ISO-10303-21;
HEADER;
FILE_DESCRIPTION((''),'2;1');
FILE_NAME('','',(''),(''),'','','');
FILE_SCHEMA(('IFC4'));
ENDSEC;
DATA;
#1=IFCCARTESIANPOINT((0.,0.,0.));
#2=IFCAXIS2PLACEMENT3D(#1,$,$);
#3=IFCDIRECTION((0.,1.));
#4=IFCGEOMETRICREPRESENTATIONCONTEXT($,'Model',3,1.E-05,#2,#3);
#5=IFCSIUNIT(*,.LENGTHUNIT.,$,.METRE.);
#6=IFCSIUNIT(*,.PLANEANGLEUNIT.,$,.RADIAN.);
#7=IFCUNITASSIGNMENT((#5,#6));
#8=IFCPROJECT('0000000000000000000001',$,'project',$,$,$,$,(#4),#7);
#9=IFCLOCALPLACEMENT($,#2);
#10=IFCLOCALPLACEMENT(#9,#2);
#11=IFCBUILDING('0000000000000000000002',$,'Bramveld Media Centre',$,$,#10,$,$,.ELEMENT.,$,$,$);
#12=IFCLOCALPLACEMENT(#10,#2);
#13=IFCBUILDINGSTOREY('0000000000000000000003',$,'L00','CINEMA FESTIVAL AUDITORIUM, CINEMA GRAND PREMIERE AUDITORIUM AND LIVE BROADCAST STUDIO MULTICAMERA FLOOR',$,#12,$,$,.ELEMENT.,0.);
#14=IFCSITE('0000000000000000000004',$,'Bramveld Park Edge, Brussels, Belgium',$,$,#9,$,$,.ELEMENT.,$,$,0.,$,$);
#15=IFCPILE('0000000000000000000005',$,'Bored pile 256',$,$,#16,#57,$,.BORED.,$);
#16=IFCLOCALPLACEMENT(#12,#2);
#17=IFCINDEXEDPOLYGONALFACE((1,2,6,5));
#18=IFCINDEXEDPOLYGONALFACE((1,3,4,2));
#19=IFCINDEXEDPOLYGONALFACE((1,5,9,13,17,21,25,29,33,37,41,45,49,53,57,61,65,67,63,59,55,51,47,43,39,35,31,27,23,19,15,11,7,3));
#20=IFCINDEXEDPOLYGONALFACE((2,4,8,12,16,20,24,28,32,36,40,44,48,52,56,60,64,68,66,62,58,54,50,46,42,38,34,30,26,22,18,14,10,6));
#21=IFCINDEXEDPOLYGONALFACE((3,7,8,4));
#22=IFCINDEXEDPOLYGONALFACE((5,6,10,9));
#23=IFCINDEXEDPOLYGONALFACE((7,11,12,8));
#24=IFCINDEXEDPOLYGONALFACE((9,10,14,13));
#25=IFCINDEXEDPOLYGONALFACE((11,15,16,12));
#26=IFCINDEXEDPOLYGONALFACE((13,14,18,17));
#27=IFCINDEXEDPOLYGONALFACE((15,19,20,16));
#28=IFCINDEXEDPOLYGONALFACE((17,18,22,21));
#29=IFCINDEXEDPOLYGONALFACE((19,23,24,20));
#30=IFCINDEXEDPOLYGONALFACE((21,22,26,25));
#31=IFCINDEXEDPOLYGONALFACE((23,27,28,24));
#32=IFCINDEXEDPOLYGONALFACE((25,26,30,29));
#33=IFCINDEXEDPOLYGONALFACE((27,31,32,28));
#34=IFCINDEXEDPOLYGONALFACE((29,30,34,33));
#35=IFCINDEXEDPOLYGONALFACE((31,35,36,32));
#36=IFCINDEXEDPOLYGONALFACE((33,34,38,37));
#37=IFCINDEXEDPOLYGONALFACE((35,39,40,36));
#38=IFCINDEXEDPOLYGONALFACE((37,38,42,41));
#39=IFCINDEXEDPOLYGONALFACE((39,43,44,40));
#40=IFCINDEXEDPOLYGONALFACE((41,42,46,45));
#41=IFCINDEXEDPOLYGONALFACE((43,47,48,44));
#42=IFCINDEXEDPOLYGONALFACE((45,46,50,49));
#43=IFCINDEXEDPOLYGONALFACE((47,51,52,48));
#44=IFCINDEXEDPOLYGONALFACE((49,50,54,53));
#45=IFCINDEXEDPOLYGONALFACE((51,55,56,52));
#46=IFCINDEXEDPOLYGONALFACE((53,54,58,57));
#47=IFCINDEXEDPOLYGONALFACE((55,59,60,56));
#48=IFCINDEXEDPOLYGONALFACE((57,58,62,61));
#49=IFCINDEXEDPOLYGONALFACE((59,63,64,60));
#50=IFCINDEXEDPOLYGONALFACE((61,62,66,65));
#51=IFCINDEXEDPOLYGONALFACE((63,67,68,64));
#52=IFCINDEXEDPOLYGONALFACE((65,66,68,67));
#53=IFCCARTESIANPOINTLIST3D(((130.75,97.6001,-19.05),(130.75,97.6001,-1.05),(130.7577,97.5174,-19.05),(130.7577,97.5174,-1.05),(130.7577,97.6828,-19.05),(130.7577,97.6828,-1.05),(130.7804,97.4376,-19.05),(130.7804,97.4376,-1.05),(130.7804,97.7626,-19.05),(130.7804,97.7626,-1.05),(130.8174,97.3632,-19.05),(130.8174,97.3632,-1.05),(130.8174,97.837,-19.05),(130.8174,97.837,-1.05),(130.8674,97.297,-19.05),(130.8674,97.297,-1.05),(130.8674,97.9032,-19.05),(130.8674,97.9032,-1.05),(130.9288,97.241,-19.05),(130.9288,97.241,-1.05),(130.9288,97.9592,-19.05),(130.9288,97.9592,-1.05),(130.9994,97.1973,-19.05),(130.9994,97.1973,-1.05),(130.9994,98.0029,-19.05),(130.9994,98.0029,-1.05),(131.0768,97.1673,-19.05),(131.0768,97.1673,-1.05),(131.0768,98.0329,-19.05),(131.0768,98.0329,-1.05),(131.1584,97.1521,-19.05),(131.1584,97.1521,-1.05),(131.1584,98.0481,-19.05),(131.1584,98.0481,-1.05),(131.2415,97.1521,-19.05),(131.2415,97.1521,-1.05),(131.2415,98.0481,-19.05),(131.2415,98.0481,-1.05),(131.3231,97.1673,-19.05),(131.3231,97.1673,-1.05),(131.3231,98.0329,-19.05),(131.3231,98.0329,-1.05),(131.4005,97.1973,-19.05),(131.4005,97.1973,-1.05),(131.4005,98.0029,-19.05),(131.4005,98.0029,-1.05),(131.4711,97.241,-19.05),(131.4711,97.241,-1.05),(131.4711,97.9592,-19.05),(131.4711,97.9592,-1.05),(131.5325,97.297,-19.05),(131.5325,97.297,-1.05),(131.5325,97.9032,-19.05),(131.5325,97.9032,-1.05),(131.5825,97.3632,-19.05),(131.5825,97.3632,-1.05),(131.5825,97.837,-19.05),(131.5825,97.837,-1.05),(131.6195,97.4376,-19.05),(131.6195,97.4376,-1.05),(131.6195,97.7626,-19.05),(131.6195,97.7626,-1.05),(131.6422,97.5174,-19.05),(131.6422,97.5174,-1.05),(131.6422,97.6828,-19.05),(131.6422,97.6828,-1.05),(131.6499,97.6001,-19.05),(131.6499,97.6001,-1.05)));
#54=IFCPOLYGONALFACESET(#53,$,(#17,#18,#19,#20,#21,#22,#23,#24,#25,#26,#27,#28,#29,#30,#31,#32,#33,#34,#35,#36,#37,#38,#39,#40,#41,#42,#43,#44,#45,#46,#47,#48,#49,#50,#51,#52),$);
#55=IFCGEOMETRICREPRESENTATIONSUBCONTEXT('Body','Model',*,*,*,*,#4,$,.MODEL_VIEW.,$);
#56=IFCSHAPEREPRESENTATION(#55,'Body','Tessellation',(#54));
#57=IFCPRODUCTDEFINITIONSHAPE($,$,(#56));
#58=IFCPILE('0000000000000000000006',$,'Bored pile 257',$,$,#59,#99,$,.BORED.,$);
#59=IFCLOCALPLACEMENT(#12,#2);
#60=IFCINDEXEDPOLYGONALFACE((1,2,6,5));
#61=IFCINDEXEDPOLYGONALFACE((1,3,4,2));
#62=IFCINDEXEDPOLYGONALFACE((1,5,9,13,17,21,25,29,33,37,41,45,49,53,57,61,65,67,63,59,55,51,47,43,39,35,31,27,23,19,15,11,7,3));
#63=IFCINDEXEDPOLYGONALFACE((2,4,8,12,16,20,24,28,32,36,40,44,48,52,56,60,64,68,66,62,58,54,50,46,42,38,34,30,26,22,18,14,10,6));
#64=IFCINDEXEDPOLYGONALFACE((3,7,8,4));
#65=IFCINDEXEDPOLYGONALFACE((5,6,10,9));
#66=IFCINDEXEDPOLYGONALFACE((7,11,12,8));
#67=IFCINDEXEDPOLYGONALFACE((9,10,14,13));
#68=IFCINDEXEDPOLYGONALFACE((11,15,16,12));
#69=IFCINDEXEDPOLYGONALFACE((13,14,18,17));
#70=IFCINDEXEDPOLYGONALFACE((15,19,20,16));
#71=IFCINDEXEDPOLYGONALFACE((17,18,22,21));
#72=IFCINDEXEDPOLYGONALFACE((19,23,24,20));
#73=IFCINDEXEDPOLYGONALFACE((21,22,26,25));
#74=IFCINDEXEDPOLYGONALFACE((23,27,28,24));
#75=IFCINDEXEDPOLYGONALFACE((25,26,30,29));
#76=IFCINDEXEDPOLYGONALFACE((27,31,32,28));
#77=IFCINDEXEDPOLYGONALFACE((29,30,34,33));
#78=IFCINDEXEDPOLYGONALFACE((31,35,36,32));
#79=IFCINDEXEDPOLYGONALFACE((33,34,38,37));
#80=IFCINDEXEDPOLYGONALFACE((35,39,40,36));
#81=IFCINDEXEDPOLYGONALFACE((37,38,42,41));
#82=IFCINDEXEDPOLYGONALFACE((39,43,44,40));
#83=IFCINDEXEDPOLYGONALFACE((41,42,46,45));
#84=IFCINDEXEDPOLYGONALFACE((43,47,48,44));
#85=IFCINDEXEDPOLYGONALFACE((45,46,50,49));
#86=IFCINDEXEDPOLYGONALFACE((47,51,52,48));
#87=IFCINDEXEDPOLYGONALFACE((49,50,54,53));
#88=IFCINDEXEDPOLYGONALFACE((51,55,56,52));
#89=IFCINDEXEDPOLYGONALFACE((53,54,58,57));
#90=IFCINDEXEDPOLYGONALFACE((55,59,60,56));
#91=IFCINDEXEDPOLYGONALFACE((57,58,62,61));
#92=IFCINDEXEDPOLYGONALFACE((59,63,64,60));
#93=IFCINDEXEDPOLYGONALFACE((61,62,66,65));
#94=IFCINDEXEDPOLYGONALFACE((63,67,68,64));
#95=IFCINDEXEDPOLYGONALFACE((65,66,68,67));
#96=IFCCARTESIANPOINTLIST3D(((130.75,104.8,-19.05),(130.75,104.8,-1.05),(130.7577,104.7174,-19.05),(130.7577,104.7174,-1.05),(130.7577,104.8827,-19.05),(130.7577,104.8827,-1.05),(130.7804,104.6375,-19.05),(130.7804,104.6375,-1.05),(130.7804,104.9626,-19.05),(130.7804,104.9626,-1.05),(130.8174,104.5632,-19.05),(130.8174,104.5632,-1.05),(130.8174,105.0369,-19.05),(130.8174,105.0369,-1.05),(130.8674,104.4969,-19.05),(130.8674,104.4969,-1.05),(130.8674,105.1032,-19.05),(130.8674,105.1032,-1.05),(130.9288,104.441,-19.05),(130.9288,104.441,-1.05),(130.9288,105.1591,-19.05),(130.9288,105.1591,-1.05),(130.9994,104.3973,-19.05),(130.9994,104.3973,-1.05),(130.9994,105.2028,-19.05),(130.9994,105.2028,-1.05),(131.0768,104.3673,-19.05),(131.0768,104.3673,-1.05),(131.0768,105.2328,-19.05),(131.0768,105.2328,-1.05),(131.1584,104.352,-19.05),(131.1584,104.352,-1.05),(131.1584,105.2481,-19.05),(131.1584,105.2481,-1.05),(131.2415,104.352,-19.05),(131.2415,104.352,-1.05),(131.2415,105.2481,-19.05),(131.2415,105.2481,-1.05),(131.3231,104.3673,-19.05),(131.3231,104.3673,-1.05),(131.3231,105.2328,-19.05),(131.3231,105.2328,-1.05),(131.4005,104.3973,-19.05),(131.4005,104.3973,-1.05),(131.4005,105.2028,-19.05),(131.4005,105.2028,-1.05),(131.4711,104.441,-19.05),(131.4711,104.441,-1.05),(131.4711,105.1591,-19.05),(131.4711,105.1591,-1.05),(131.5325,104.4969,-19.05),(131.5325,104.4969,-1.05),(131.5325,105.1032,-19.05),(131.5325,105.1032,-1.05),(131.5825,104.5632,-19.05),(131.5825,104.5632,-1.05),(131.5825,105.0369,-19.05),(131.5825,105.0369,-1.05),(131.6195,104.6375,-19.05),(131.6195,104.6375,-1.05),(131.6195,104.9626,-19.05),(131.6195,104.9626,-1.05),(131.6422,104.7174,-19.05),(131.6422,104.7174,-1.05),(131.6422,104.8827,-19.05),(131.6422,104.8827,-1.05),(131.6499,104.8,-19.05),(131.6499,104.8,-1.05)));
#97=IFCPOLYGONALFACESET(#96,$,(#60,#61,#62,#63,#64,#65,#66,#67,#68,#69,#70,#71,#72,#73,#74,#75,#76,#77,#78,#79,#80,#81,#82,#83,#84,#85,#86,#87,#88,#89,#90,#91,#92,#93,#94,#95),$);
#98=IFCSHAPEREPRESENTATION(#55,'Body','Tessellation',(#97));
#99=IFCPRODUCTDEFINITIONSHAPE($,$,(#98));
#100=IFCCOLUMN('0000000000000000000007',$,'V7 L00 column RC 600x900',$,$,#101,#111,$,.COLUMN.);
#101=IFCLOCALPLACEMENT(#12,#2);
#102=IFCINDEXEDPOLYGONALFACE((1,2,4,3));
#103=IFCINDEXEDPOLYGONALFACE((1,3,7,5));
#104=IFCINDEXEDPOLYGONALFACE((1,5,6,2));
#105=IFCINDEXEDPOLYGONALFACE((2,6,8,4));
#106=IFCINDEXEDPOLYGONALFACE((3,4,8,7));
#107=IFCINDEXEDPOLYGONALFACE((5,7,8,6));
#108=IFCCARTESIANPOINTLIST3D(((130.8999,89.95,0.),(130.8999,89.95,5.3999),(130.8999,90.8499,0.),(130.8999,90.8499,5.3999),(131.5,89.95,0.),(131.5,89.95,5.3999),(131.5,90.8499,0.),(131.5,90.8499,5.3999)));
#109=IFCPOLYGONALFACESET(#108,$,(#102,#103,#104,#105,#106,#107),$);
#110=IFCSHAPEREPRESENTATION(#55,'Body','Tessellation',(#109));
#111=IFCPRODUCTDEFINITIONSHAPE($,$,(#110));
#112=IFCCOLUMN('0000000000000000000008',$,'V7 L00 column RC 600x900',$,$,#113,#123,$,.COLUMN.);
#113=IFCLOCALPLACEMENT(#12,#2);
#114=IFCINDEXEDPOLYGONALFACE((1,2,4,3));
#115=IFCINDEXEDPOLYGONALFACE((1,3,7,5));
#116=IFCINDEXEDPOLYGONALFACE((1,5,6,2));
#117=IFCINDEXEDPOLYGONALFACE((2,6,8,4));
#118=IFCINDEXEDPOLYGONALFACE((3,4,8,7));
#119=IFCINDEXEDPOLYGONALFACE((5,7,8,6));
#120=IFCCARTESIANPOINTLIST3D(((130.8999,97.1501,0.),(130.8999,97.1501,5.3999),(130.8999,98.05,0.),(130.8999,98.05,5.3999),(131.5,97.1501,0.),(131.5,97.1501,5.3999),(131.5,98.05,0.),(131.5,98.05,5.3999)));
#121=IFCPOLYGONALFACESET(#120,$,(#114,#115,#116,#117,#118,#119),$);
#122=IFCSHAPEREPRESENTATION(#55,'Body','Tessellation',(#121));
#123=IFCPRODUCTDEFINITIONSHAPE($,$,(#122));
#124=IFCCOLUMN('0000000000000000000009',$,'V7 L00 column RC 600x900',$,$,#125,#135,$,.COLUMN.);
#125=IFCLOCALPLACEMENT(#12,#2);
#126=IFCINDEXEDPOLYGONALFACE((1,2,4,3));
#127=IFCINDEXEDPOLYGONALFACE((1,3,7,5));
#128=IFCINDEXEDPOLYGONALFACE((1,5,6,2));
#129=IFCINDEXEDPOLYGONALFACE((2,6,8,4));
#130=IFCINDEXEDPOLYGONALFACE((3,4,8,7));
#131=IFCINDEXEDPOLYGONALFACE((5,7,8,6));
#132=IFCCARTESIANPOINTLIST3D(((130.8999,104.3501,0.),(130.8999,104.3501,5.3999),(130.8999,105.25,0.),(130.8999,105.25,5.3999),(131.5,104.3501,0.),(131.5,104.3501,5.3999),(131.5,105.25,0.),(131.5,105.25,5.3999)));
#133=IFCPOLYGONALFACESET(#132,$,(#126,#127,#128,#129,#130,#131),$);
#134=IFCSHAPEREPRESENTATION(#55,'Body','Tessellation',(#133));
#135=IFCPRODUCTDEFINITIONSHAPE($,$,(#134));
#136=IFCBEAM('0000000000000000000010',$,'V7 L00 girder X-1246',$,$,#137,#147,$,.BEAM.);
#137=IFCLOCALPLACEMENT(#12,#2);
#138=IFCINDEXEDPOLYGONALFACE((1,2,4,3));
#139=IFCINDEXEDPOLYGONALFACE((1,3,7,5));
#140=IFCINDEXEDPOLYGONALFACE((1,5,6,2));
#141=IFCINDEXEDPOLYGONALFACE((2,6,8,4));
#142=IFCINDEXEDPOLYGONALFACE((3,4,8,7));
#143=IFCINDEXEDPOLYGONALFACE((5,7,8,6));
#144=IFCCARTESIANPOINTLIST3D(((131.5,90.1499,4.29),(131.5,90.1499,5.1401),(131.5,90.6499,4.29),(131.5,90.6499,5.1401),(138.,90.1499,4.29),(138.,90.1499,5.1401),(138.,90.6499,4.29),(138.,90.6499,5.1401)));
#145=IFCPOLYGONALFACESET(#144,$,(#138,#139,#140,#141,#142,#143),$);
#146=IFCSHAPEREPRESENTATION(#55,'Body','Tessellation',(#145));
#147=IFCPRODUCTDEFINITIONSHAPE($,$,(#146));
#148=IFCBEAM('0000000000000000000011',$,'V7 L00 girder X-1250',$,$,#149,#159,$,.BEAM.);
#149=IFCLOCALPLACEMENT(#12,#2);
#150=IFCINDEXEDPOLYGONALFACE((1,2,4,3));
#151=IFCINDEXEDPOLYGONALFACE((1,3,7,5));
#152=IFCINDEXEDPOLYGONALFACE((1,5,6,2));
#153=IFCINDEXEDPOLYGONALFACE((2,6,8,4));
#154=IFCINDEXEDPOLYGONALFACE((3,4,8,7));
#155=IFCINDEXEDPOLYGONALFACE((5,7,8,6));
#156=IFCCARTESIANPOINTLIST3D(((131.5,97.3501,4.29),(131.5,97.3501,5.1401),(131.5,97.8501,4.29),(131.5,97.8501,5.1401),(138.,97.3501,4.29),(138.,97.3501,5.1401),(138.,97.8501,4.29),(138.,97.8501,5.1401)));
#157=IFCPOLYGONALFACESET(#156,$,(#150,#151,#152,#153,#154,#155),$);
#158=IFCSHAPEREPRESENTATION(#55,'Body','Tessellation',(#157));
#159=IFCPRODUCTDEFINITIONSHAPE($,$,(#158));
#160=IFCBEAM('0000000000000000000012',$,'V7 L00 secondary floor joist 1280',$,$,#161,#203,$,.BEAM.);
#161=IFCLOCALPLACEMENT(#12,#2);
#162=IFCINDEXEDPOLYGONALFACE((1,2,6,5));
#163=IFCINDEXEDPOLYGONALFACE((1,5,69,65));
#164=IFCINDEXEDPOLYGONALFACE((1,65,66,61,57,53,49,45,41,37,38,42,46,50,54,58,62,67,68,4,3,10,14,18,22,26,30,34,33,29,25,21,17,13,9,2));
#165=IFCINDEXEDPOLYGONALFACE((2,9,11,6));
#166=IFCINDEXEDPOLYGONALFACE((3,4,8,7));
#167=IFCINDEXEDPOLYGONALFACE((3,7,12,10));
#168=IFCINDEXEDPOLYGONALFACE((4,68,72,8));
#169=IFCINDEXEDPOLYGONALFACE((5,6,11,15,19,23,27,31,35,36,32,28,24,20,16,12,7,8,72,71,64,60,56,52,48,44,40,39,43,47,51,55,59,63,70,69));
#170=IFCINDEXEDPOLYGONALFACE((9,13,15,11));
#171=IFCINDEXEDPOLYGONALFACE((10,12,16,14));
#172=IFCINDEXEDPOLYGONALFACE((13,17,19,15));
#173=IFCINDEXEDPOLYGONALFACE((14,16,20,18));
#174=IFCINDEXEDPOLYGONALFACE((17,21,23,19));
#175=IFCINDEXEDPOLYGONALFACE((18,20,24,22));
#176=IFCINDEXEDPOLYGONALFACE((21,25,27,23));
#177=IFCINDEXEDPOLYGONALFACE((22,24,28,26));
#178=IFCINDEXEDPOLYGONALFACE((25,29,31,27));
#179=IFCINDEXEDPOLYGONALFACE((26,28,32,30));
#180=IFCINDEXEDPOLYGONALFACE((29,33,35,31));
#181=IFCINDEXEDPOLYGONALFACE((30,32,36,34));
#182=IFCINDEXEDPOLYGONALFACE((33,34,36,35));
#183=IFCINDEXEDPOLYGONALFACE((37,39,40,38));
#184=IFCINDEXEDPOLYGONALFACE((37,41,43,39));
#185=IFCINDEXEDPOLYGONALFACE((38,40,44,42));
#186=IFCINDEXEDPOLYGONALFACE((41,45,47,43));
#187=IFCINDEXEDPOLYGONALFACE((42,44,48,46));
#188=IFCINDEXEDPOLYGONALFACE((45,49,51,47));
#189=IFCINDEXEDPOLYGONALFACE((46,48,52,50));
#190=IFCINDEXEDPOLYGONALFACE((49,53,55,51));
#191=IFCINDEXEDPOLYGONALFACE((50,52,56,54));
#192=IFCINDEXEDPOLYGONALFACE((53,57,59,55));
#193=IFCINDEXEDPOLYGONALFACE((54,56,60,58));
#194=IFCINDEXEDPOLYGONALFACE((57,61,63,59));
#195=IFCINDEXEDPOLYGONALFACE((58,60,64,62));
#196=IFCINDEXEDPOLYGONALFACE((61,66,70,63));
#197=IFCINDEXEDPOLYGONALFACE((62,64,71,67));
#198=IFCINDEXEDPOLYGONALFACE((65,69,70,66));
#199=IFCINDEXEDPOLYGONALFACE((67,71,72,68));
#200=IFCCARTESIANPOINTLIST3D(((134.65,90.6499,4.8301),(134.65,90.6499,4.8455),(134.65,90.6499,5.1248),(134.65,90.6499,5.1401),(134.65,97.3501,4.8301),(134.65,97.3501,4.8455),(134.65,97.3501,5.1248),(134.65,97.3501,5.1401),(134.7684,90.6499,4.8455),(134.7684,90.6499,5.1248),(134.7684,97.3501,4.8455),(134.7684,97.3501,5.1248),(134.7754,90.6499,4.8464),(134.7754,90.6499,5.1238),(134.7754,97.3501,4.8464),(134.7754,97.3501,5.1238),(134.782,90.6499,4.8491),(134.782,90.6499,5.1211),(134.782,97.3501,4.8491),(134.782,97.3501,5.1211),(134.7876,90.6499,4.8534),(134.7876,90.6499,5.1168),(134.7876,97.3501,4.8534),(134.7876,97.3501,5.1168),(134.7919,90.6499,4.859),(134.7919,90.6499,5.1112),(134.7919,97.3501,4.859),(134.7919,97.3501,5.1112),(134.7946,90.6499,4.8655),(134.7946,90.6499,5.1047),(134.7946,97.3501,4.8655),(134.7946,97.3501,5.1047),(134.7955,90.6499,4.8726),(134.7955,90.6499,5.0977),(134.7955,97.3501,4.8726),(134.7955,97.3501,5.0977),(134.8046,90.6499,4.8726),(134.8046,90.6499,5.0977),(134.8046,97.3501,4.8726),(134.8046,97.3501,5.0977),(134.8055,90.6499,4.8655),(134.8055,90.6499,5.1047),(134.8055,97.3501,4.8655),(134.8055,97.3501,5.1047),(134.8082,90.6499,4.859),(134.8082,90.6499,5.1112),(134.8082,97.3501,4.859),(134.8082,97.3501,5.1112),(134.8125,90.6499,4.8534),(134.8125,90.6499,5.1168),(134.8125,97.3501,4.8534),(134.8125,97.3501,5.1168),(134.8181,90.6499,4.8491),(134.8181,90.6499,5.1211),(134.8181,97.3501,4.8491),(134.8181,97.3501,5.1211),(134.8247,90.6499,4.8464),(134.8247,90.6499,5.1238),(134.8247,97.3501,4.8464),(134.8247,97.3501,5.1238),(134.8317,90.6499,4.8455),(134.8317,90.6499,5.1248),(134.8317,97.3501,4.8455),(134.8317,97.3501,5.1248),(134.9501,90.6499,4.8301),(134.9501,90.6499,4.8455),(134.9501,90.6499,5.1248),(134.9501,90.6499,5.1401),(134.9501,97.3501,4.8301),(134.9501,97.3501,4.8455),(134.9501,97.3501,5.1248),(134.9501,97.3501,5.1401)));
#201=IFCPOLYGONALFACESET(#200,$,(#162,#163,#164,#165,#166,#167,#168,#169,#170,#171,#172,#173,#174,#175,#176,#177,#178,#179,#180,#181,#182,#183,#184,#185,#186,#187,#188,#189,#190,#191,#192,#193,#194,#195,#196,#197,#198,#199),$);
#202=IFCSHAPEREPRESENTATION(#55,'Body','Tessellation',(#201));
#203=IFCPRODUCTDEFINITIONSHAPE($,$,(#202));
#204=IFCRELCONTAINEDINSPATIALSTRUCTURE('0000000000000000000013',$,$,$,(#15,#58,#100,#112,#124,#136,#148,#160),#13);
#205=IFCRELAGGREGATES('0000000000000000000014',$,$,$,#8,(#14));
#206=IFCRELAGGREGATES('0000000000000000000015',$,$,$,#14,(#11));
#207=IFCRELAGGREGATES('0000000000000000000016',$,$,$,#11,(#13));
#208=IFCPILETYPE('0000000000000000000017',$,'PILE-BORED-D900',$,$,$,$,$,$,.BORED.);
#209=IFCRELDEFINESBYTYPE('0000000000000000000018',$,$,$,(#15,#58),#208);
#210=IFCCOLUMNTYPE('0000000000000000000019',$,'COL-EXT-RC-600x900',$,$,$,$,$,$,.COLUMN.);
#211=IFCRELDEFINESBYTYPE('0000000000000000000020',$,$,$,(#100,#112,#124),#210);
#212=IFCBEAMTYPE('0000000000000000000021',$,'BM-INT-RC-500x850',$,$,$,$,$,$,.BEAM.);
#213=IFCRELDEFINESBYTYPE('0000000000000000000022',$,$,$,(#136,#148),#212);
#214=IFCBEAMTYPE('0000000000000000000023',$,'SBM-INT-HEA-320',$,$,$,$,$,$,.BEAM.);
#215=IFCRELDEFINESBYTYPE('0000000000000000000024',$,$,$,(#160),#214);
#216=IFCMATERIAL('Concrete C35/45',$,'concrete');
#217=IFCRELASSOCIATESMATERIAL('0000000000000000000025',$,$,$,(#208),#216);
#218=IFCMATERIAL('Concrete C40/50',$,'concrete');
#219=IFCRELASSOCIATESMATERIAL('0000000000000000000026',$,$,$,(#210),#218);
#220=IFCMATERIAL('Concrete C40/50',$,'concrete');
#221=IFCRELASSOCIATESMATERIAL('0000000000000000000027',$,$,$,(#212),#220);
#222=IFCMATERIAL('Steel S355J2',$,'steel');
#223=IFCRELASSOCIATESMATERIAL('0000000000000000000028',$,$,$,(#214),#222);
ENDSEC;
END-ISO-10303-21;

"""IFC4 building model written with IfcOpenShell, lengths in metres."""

from ifc_helpers import new_model, si_unit, direction, frame, origin, origin_2d, place, context, subcontext, project, spatial, rectangle, circle, i_section, extrude, material, material_profile, profile_set, type_object, element, save


model = new_model("IFC4")

# Units and contexts
model_context = context("Model", 3, precision=1e-05, world=origin(), true_north=direction((0.0, 1.0)))
body_context = subcontext(model_context, "Body", "Model", "MODEL_VIEW")
ifc_project = project(units=[si_unit("LENGTHUNIT", "METRE"), si_unit("PLANEANGLEUNIT", "RADIAN")], contexts=[model_context])

# Site, building, storey
site_placement = place(None, origin())
site = spatial("IfcSite", under=ifc_project, at=site_placement, Name="Bramveld Park Edge, Brussels, Belgium", CompositionType="ELEMENT", RefElevation=0.0)
building_placement = place(site_placement, origin())
building = spatial("IfcBuilding", under=site, at=building_placement, Name="Bramveld Media Centre", CompositionType="ELEMENT")
storey_placement = place(building_placement, origin())
storey = spatial("IfcBuildingStorey", under=building, at=storey_placement, Name="L00", Description="CINEMA FESTIVAL AUDITORIUM, CINEMA GRAND PREMIERE AUDITORIUM AND LIVE BROADCAST STUDIO MULTICAMERA FLOOR", CompositionType="ELEMENT", Elevation=0.0)

# Piles
ifc_material_1 = material(Name="Concrete C35/45", Category="concrete")
ifc_material_profile_1 = material_profile(ifc_material_1, circle(Radius=0.45, at=origin_2d()), Name="BORED D900")
ifc_profile_set_1 = profile_set([ifc_material_profile_1], Name="Concrete C35/45")
pile_type_1 = type_object("IfcPileType", Name="PILE-BORED-D900", PredefinedType="BORED", material=ifc_profile_set_1)
for number, where, z_axis, x_axis, name in (
    (1, (131.2, 97.6001, -1.05), (0.0, 0.0, -1.0), (1.0, 0.0, 0.0), "Bored pile 256"),
    (2, (131.2, 104.8, -1.05), (0.0, 0.0, -1.0), (1.0, 0.0, 0.0), "Bored pile 257"),
):
    element("IfcPile", number, at=place(storey_placement, frame(where, z_axis=z_axis, x_axis=x_axis)), inside=storey, type_object=pile_type_1, Name=name, PredefinedType="BORED", context=body_context, shape_type="SweptSolid", body=[
        extrude(circle(Radius=0.45, at=origin_2d()), origin(), (0.0, 0.0, 1.0), 18.0),
    ])

# Columns
ifc_material_2 = material(Name="Concrete C40/50", Category="concrete")
ifc_material_profile_2 = material_profile(ifc_material_2, rectangle(XDim=0.6001, YDim=0.8999, at=origin_2d()), Name="RC 600x900")
ifc_profile_set_2 = profile_set([ifc_material_profile_2], Name="Concrete C40/50")
column_type = type_object("IfcColumnType", Name="COL-EXT-RC-600x900", PredefinedType="COLUMN", material=ifc_profile_set_2)
for number, where, z_axis, x_axis, name in (
    (3, (131.2, 90.3999, 0.0), (0.0, 0.0, 1.0), (1.0, 0.0, 0.0), "V7 L00 column RC 600x900"),
    (4, (131.2, 97.6001, 0.0), (0.0, 0.0, 1.0), (1.0, 0.0, 0.0), "V7 L00 column RC 600x900"),
    (5, (131.2, 104.8, 0.0), (0.0, 0.0, 1.0), (1.0, 0.0, 0.0), "V7 L00 column RC 600x900"),
):
    element("IfcColumn", number, at=place(storey_placement, frame(where, z_axis=z_axis, x_axis=x_axis)), inside=storey, type_object=column_type, Name=name, PredefinedType="COLUMN", context=body_context, shape_type="SweptSolid", body=[
        extrude(rectangle(XDim=0.6001, YDim=0.8999, at=origin_2d()), origin(), (0.0, 0.0, 1.0), 5.3999),
    ])

# Beams
ifc_material_3 = material(Name="Concrete C40/50", Category="concrete")
ifc_material_profile_3 = material_profile(ifc_material_3, rectangle(XDim=0.5, YDim=0.8501, at=origin_2d()), Name="RC 500x850")
ifc_profile_set_3 = profile_set([ifc_material_profile_3], Name="Concrete C40/50")
beam_type_1 = type_object("IfcBeamType", Name="BM-INT-RC-500x850", PredefinedType="BEAM", material=ifc_profile_set_3)
for number, where, z_axis, x_axis, name in (
    (6, (131.5, 90.3999, 4.7151), (1.0, 0.0, 0.0), (0.0, 1.0, 0.0), "V7 L00 girder X-1246"),
    (7, (131.5, 97.6001, 4.7151), (1.0, 0.0, 0.0), (0.0, 1.0, 0.0), "V7 L00 girder X-1250"),
):
    element("IfcBeam", number, at=place(storey_placement, frame(where, z_axis=z_axis, x_axis=x_axis)), inside=storey, type_object=beam_type_1, Name=name, PredefinedType="BEAM", context=body_context, shape_type="SweptSolid", body=[
        extrude(rectangle(XDim=0.5, YDim=0.8501, at=origin_2d()), origin(), (0.0, 0.0, 1.0), 6.5),
    ])
ifc_material_4 = material(Name="Steel S355J2", Category="steel")
ifc_material_profile_4 = material_profile(ifc_material_4, i_section(OverallWidth=0.3, OverallDepth=0.3101, WebThickness=0.009, FlangeThickness=0.0154, FilletRadius=0.0271, at=origin_2d()), Name="HEA 320")
ifc_profile_set_4 = profile_set([ifc_material_profile_4], Name="Steel S355J2")
beam_type_2 = type_object("IfcBeamType", Name="SBM-INT-HEA-320", PredefinedType="BEAM", material=ifc_profile_set_4)
beam_1_placement = place(storey_placement, frame((134.8, 90.6499, 4.9851), z_axis=(0.0, 1.0, 0.0), x_axis=(-1.0, 0.0, 0.0)))
element("IfcBeam", 8, at=beam_1_placement, inside=storey, type_object=beam_type_2, Name="V7 L00 secondary floor joist 1280", PredefinedType="BEAM", context=body_context, shape_type="SweptSolid", body=[
    extrude(i_section(OverallWidth=0.3, OverallDepth=0.3101, WebThickness=0.009, FlangeThickness=0.0154, FilletRadius=0.0271, at=origin_2d()), origin(), (0.0, 0.0, 1.0), 6.7002),
])

save(model, "model.ifc")
